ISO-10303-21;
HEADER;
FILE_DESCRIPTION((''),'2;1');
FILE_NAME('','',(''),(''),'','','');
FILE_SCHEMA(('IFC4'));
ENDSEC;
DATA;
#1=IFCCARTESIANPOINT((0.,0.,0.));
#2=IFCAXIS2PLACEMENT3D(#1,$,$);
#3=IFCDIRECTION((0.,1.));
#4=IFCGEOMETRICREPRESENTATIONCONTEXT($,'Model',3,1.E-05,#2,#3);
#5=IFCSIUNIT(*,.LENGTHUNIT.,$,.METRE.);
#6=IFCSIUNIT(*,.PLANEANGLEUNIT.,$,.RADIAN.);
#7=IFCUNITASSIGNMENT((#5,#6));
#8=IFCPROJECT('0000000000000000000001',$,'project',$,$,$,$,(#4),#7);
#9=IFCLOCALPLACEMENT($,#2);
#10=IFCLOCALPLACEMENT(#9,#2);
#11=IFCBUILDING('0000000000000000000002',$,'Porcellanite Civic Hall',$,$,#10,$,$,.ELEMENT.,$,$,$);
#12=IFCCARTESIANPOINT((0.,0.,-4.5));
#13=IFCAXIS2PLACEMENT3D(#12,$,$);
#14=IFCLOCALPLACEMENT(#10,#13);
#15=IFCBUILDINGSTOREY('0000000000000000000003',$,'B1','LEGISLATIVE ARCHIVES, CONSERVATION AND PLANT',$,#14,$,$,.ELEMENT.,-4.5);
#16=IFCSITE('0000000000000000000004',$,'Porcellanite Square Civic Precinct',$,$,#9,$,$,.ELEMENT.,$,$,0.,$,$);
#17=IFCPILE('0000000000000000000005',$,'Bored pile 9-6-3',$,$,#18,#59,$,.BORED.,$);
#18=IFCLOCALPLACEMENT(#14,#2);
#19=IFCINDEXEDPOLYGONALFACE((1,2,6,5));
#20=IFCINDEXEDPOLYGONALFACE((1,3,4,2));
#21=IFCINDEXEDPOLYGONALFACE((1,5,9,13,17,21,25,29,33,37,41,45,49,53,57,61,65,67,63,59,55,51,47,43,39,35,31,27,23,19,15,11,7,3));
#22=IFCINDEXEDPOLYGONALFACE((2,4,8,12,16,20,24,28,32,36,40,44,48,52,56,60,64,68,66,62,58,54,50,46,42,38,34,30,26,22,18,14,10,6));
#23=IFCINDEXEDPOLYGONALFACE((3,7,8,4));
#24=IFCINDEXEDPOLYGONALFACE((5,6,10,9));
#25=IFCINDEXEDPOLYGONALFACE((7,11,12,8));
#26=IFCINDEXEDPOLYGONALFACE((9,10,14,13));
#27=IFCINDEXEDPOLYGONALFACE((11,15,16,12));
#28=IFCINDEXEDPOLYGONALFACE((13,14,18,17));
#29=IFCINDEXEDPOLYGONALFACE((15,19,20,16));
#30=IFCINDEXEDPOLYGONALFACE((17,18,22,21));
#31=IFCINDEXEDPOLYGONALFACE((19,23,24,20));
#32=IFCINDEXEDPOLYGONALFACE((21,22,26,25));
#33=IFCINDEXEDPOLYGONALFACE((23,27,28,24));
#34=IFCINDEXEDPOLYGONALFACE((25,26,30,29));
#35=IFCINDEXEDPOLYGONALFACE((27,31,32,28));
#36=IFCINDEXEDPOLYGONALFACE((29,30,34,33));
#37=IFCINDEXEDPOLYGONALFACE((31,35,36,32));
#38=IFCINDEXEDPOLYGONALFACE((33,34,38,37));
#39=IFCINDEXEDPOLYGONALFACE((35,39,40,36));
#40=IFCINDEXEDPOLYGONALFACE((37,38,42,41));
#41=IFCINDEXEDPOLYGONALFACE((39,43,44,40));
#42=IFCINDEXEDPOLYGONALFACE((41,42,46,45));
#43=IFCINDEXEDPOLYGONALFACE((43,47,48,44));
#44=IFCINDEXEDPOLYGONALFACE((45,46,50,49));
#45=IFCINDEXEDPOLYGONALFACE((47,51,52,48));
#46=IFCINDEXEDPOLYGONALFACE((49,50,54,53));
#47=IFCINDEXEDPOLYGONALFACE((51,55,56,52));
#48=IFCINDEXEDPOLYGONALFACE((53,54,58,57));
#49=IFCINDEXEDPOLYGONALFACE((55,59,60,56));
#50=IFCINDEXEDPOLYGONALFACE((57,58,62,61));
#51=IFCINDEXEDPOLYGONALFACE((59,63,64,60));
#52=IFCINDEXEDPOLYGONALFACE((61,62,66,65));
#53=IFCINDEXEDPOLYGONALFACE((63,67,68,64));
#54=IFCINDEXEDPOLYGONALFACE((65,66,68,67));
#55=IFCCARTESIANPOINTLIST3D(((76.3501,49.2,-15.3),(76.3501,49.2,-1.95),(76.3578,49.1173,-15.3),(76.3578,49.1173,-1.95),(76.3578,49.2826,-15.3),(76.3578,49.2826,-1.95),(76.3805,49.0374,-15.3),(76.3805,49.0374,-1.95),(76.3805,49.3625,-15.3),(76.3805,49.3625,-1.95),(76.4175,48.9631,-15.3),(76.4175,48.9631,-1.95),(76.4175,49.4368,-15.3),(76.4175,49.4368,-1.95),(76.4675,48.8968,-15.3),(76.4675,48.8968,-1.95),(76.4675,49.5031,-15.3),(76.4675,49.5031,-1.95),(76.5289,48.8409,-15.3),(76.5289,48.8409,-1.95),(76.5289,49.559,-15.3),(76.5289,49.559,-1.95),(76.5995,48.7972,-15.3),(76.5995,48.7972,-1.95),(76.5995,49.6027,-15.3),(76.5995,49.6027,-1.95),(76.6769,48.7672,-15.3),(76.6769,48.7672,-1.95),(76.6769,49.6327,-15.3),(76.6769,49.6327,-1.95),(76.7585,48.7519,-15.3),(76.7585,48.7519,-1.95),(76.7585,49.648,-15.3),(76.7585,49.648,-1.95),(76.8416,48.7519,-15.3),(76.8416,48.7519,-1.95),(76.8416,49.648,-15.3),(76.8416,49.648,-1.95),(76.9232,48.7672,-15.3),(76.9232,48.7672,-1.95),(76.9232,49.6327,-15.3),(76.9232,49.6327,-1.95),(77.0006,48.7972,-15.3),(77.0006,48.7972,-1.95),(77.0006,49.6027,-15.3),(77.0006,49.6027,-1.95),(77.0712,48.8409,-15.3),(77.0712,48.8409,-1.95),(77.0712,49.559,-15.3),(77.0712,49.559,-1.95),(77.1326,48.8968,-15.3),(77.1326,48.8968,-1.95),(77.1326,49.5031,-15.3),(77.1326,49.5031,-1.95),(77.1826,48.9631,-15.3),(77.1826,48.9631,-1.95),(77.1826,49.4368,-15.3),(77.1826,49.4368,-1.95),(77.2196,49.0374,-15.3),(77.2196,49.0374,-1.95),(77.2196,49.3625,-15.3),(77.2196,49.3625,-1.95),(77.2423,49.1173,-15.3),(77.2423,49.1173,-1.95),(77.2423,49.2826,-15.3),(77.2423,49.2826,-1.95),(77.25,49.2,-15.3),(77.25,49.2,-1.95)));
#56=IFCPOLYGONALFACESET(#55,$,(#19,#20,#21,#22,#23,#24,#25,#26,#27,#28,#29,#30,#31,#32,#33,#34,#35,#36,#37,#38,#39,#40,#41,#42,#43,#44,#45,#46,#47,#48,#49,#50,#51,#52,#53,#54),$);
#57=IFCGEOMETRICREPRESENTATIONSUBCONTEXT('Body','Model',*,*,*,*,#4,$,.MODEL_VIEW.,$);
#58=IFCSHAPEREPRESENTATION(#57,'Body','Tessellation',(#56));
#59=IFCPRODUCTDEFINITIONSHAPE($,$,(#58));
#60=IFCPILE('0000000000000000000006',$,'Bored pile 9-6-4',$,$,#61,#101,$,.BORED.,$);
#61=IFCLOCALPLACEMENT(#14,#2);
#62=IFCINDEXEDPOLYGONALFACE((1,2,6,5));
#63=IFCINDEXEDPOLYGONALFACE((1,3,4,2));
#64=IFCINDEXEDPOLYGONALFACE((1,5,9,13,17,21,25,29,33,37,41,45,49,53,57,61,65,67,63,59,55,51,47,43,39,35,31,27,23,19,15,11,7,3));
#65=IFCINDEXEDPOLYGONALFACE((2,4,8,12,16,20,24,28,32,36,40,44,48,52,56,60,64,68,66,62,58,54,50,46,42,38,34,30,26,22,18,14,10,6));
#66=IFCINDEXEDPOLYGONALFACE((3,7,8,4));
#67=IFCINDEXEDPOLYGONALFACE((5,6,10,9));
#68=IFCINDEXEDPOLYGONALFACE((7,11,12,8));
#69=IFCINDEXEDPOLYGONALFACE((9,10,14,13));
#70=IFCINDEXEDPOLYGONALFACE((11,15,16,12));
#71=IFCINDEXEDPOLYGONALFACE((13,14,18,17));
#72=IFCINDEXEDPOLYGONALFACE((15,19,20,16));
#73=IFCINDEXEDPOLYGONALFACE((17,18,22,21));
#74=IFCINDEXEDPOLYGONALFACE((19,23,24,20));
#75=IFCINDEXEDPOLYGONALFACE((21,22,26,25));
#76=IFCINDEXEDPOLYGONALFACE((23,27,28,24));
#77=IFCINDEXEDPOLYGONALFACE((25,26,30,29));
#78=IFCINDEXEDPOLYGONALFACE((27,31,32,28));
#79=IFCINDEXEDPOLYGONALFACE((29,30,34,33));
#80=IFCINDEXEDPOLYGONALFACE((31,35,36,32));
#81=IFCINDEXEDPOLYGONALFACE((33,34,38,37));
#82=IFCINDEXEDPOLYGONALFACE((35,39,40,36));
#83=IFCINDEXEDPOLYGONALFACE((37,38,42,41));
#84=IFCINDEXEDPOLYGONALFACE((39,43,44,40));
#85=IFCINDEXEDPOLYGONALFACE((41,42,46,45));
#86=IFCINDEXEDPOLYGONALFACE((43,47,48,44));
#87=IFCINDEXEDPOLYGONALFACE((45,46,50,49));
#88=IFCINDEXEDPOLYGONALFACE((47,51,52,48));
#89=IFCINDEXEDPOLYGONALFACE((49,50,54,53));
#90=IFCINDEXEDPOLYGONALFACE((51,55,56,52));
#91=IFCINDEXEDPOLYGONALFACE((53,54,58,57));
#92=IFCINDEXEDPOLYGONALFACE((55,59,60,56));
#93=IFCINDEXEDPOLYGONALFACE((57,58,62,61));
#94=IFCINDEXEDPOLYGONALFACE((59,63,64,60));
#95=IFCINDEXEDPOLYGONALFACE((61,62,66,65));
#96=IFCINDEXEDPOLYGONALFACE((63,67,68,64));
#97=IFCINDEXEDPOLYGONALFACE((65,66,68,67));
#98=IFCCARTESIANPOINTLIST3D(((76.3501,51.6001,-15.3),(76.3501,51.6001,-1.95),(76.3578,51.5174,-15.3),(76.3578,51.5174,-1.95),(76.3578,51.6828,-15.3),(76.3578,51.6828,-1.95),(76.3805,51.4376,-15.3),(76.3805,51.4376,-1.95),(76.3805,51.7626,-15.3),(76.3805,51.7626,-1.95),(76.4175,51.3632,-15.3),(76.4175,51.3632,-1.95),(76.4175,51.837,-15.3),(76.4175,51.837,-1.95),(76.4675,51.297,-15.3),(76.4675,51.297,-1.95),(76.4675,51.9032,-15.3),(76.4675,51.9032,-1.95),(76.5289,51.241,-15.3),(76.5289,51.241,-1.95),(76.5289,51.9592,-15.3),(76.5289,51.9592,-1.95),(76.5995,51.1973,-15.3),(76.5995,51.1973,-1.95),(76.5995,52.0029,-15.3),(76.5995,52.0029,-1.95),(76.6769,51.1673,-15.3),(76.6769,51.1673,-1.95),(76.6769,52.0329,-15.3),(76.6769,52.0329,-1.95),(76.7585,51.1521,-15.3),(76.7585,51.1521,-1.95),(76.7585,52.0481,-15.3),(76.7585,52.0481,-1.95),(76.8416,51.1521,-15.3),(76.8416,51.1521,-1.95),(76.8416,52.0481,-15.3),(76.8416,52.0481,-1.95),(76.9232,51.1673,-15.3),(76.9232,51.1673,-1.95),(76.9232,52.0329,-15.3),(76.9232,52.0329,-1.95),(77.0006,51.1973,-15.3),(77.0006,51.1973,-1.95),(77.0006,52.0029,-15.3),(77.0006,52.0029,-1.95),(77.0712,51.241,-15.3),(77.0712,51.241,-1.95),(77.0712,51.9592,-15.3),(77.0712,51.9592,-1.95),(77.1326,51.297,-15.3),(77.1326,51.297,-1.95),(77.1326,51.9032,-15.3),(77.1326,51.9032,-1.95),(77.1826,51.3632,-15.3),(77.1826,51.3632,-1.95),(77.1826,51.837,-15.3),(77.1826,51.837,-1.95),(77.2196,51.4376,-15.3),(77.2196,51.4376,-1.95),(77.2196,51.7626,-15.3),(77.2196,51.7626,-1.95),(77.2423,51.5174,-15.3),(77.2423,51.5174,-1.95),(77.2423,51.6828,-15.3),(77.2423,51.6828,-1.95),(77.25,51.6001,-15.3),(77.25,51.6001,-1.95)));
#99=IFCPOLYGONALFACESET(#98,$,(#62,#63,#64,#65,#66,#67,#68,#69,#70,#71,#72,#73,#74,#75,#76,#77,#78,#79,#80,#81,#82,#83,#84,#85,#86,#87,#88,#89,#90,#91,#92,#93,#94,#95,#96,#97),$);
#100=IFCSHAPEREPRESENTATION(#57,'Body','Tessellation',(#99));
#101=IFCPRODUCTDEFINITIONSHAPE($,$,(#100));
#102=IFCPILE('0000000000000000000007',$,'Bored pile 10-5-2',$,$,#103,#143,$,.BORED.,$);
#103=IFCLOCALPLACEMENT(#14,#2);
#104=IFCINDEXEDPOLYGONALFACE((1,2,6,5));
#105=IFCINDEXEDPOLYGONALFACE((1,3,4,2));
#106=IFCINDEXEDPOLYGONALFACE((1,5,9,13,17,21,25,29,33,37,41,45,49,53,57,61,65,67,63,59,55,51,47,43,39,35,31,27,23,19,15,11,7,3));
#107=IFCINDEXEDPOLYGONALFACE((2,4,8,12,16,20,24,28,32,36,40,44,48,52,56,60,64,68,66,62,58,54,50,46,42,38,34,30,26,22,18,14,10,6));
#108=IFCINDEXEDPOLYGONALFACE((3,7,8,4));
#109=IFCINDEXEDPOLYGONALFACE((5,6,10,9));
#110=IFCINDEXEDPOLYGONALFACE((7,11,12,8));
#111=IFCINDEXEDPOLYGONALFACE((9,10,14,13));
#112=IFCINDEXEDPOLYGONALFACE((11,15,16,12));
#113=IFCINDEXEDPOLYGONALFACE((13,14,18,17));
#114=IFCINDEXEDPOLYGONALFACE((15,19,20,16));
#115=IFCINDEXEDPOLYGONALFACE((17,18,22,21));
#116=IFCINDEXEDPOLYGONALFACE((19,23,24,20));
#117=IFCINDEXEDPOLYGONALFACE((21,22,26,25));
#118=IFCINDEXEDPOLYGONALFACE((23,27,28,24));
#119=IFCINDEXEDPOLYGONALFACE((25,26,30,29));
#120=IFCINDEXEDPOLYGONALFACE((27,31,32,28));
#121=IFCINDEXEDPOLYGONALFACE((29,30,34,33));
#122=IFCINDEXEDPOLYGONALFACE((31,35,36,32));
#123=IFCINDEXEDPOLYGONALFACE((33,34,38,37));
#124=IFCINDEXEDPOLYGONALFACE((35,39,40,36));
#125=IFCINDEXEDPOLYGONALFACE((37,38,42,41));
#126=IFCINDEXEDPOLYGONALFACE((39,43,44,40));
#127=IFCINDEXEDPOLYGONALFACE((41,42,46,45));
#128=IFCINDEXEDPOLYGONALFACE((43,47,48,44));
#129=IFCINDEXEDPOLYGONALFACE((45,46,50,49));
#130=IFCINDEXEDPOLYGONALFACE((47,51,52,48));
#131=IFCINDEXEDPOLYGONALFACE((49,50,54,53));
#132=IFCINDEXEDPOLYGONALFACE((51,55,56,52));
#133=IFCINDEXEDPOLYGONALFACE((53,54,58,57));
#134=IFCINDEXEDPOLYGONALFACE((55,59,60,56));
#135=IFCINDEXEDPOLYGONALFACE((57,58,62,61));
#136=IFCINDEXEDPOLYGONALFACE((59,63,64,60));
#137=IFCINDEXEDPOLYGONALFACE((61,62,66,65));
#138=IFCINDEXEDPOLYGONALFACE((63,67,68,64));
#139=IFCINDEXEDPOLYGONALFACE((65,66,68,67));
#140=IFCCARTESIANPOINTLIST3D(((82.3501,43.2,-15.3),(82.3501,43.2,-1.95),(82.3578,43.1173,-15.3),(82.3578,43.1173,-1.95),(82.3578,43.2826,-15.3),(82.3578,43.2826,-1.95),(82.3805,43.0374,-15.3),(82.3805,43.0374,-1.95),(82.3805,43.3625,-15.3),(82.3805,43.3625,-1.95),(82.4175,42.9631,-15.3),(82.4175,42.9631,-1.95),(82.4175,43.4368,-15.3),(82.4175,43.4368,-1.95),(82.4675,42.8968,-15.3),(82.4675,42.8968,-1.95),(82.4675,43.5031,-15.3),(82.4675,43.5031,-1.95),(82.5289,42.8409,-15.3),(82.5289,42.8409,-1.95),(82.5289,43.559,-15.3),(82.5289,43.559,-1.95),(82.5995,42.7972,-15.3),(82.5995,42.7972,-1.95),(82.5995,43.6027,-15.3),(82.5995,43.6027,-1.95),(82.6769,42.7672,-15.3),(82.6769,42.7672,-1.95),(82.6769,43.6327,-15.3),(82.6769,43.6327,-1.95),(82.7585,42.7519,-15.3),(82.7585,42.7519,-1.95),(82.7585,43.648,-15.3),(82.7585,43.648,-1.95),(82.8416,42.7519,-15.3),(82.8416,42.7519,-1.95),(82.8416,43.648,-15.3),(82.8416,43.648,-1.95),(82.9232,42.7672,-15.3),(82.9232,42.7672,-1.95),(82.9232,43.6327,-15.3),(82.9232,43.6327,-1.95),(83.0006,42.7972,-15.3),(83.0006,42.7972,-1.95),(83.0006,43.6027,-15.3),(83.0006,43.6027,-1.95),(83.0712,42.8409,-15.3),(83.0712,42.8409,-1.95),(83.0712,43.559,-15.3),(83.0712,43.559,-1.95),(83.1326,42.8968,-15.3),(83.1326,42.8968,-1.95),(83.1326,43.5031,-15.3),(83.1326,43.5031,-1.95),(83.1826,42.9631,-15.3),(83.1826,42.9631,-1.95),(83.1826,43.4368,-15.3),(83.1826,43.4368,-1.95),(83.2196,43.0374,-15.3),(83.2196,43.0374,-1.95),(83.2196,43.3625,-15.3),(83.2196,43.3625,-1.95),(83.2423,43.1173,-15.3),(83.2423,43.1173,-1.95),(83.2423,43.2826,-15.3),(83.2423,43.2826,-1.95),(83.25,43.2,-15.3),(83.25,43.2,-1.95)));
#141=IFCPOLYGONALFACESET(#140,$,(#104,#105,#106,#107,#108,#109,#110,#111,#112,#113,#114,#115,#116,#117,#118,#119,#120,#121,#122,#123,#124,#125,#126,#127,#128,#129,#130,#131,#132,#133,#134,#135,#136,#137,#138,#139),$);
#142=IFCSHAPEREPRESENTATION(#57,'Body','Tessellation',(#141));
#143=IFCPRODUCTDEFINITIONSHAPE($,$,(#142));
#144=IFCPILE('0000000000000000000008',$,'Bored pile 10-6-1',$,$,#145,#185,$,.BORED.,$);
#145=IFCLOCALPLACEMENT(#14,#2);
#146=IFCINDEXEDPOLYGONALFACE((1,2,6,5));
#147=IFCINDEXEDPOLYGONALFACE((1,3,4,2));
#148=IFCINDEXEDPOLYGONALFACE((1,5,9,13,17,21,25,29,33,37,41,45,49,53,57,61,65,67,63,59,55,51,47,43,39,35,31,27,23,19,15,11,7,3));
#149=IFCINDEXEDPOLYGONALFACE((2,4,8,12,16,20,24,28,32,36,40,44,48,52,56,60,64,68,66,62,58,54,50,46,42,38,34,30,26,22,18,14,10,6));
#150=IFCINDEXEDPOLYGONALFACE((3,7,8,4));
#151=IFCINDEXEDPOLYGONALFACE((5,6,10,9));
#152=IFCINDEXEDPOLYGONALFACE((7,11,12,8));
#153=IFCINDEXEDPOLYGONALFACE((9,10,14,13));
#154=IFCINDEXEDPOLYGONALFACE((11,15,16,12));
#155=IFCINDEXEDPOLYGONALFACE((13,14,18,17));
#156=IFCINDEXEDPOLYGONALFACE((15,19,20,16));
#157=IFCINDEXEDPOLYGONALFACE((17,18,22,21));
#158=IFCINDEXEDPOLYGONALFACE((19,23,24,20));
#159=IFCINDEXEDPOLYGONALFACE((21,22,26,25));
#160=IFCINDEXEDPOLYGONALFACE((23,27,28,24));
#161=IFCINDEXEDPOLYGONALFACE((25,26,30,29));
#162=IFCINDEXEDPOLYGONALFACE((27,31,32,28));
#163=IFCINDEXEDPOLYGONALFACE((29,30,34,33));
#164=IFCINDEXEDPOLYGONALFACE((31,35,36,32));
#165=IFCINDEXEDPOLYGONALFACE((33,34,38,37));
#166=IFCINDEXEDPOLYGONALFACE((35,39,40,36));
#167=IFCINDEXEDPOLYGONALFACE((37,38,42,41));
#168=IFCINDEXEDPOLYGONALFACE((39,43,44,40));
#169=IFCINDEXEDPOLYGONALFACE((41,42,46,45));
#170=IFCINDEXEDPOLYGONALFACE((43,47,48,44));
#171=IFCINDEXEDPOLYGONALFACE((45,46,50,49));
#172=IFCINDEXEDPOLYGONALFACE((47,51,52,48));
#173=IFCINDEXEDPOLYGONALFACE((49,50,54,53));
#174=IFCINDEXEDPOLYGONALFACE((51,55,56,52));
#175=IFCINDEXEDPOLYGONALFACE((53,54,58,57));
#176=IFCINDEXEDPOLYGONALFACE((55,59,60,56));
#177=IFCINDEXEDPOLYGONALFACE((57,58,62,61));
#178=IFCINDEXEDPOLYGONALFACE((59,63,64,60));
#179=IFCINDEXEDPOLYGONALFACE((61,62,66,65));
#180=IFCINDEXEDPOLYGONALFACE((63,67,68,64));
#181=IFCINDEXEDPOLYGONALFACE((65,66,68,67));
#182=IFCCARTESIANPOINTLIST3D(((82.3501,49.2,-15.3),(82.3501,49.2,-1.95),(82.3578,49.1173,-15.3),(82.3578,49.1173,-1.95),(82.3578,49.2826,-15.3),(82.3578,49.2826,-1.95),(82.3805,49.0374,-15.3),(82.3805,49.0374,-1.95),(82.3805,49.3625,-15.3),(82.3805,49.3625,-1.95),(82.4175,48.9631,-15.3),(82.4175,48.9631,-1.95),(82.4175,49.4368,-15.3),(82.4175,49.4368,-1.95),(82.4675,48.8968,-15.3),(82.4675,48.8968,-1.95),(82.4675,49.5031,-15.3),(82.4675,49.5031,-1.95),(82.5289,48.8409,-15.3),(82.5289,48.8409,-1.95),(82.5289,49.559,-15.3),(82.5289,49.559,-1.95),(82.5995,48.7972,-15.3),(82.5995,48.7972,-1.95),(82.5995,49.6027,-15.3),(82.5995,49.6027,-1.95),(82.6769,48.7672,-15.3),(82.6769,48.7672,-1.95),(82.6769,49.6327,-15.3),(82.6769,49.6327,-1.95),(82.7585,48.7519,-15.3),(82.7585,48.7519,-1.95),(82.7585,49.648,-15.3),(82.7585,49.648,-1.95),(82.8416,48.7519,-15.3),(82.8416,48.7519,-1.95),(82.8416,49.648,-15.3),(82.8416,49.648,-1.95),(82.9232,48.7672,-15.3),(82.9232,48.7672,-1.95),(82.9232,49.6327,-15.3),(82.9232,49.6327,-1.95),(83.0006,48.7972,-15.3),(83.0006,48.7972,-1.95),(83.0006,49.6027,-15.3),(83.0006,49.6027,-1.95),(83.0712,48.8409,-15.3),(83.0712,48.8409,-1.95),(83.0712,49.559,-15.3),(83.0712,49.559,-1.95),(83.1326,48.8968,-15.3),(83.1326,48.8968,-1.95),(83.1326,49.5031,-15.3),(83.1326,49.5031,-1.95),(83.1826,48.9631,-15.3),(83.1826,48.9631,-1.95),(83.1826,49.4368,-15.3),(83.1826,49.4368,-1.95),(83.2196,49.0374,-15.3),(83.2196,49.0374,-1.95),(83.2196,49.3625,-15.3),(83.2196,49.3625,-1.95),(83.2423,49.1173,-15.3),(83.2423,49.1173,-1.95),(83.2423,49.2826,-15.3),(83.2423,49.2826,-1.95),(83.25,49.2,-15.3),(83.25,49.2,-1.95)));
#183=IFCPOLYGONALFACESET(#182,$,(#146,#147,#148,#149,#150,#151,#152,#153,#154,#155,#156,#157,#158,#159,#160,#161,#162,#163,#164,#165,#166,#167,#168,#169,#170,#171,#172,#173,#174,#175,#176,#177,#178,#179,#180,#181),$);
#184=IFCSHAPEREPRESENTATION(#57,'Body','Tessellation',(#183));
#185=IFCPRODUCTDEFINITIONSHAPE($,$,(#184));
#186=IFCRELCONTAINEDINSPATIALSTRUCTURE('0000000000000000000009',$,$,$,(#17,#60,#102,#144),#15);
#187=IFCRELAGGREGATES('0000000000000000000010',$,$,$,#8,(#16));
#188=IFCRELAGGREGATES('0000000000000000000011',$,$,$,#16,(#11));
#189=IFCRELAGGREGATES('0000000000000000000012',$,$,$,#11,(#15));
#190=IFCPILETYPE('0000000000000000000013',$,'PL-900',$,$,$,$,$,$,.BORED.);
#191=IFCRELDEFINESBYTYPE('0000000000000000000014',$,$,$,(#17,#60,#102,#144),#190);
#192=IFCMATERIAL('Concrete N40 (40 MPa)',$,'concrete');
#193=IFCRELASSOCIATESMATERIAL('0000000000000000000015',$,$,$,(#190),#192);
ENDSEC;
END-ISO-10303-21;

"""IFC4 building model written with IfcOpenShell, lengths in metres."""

from ifc_helpers import new_model, si_unit, direction, frame, origin, origin_2d, place, context, subcontext, project, spatial, circle, extrude, material, material_profile, profile_set, type_object, element, save


model = new_model("IFC4")

# Units and contexts
model_context = context("Model", 3, precision=1e-05, world=origin(), true_north=direction((0.0, 1.0)))
body_context = subcontext(model_context, "Body", "Model", "MODEL_VIEW")
ifc_project = project(units=[si_unit("LENGTHUNIT", "METRE"), si_unit("PLANEANGLEUNIT", "RADIAN")], contexts=[model_context])

# Site, building, storey
site_placement = place(None, origin())
site = spatial("IfcSite", under=ifc_project, at=site_placement, Name="Porcellanite Square Civic Precinct", CompositionType="ELEMENT", RefElevation=0.0)
building_placement = place(site_placement, origin())
building = spatial("IfcBuilding", under=site, at=building_placement, Name="Porcellanite Civic Hall", CompositionType="ELEMENT")
storey_placement = place(building_placement, frame((0.0, 0.0, -4.5)))
storey = spatial("IfcBuildingStorey", under=building, at=storey_placement, Name="B1", Description="LEGISLATIVE ARCHIVES, CONSERVATION AND PLANT", CompositionType="ELEMENT", Elevation=-4.5)

# Piles
ifc_material_1 = material(Name="Concrete N40 (40 MPa)", Category="concrete")
ifc_material_profile_1 = material_profile(ifc_material_1, circle(Radius=0.45, at=origin_2d()), Name="PILE-D900")
ifc_profile_set_1 = profile_set([ifc_material_profile_1], Name="Concrete N40 (40 MPa)")
pile_type = type_object("IfcPileType", Name="PL-900", PredefinedType="BORED", material=ifc_profile_set_1)
for number, where, z_axis, x_axis, name in (
    (1, (76.8, 49.2, -1.95), (0.0, 0.0, -1.0), (1.0, 0.0, 0.0), "Bored pile 9-6-3"),
    (2, (76.8, 51.6001, -1.95), (0.0, 0.0, -1.0), (1.0, 0.0, 0.0), "Bored pile 9-6-4"),
    (3, (82.8, 43.2, -1.95), (0.0, 0.0, -1.0), (1.0, 0.0, 0.0), "Bored pile 10-5-2"),
    (4, (82.8, 49.2, -1.95), (0.0, 0.0, -1.0), (1.0, 0.0, 0.0), "Bored pile 10-6-1"),
):
    element("IfcPile", number, at=place(storey_placement, frame(where, z_axis=z_axis, x_axis=x_axis)), inside=storey, type_object=pile_type, Name=name, PredefinedType="BORED", context=body_context, shape_type="SweptSolid", body=[
        extrude(circle(Radius=0.45, at=origin_2d()), origin(), (0.0, 0.0, 1.0), 13.3501),
    ])

save(model, "model.ifc")
